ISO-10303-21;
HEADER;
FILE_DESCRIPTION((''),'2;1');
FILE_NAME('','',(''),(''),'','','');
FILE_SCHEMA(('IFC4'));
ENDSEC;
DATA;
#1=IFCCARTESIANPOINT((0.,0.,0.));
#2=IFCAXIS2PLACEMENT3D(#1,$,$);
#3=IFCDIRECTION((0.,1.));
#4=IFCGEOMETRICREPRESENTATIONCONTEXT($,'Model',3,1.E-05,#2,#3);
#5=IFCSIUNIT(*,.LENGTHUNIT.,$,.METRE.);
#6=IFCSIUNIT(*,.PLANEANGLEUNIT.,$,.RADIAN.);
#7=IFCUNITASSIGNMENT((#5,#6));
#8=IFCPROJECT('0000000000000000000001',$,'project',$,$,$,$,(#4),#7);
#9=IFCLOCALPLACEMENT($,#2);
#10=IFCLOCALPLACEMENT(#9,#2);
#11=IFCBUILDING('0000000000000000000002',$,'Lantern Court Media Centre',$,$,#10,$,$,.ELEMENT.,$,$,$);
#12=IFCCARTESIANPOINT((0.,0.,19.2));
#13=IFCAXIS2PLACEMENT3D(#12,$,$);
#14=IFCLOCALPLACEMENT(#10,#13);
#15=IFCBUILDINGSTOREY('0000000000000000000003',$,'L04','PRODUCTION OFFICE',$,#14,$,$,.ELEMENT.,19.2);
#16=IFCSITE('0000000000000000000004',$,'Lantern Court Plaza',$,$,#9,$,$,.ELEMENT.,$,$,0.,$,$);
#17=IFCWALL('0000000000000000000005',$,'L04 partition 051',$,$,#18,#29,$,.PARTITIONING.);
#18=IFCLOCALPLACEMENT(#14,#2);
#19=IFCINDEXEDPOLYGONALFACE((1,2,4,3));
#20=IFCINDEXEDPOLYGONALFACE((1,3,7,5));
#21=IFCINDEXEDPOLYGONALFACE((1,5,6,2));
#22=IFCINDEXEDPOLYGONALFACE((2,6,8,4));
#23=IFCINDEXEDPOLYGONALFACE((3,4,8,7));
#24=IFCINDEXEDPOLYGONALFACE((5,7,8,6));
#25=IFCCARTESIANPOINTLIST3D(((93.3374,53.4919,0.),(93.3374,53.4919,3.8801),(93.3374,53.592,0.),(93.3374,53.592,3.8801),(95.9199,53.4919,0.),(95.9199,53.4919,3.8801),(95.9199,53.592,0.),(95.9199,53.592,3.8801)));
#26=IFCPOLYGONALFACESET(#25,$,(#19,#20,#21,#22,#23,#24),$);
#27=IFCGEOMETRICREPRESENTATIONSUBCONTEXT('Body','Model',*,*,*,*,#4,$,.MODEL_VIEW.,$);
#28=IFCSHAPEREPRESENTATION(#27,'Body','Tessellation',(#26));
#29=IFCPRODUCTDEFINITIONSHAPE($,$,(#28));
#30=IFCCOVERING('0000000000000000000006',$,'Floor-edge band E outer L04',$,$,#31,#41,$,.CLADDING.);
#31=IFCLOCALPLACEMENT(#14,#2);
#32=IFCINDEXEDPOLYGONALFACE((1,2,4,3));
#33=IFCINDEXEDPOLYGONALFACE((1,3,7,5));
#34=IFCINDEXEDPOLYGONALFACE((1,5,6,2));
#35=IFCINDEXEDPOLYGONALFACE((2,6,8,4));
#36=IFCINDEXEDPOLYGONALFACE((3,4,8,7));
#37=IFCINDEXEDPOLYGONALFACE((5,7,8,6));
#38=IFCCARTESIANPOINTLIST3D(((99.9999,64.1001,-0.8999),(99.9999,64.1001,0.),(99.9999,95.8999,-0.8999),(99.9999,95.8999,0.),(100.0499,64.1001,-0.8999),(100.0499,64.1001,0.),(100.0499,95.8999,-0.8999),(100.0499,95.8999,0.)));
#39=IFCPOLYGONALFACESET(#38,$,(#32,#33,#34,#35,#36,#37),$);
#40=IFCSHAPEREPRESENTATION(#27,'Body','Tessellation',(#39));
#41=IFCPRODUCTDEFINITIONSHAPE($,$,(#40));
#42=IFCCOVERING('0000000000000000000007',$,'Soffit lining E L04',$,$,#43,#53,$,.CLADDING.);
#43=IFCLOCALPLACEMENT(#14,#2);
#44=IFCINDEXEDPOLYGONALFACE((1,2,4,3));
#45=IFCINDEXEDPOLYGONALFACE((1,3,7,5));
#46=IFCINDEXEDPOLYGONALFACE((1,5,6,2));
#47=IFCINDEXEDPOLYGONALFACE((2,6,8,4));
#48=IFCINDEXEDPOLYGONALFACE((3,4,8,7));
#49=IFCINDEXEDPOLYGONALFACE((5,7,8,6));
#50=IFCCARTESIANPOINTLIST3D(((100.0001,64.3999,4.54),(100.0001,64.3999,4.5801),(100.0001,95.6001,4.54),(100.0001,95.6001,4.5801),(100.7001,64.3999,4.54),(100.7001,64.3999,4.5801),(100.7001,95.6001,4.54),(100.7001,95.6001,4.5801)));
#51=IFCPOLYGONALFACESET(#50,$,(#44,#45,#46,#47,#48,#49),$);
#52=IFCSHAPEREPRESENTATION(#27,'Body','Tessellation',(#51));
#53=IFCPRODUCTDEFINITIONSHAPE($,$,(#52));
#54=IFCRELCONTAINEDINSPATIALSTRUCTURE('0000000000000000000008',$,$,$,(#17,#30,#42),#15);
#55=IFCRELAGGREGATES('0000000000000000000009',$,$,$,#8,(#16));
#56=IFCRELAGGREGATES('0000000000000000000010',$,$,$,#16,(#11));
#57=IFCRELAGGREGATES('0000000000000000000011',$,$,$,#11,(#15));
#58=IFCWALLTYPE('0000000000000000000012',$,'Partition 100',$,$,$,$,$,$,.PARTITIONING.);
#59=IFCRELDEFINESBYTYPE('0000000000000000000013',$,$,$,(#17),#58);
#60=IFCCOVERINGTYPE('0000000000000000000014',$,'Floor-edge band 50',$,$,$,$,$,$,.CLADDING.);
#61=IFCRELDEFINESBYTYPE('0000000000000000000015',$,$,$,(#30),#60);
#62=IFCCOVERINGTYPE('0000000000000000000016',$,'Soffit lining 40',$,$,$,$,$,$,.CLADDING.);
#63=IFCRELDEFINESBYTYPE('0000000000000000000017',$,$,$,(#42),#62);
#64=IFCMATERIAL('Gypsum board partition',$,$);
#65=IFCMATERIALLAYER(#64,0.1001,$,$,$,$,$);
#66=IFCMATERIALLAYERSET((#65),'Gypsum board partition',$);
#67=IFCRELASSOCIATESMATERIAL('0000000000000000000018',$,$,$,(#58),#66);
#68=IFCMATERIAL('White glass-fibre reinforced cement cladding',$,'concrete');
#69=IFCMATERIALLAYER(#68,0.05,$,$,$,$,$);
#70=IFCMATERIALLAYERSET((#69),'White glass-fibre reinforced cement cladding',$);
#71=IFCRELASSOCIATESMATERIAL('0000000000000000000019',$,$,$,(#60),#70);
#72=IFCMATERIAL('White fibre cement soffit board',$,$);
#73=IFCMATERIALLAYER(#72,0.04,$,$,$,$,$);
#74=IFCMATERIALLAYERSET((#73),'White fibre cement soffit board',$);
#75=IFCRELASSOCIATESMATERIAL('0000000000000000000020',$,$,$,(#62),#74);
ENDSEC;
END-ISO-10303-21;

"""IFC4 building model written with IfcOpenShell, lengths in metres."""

from ifc_helpers import new_model, si_unit, direction, frame, frame_2d, origin, place, context, subcontext, project, spatial, rectangle, extrude, material, layer, layer_set, type_object, element, save


model = new_model("IFC4")

# Units and contexts
model_context = context("Model", 3, precision=1e-05, world=origin(), true_north=direction((0.0, 1.0)))
body_context = subcontext(model_context, "Body", "Model", "MODEL_VIEW")
ifc_project = project(units=[si_unit("LENGTHUNIT", "METRE"), si_unit("PLANEANGLEUNIT", "RADIAN")], contexts=[model_context])

# Site, building, storey
site_placement = place(None, origin())
site = spatial("IfcSite", under=ifc_project, at=site_placement, Name="Lantern Court Plaza", CompositionType="ELEMENT", RefElevation=0.0)
building_placement = place(site_placement, origin())
building = spatial("IfcBuilding", under=site, at=building_placement, Name="Lantern Court Media Centre", CompositionType="ELEMENT")
storey_placement = place(building_placement, frame((0.0, 0.0, 19.2)))
storey = spatial("IfcBuildingStorey", under=building, at=storey_placement, Name="L04", Description="PRODUCTION OFFICE", CompositionType="ELEMENT", Elevation=19.2)

# Wall
ifc_material_1 = material(Name="Gypsum board partition")
ifc_layer_1 = layer(ifc_material_1, 0.1001)
ifc_layer_set_1 = layer_set([ifc_layer_1], Name="Gypsum board partition")
wall_type_1 = type_object("IfcWallType", Name="Partition 100", PredefinedType="PARTITIONING", material=ifc_layer_set_1)
wall_1_placement = place(storey_placement, frame((93.3374, 53.542, 0.0), z_axis=(0.0, 0.0, 1.0), x_axis=(1.0, 0.0, 0.0)))
element("IfcWall", 1, at=wall_1_placement, inside=storey, type_object=wall_type_1, Name="L04 partition 051", PredefinedType="PARTITIONING", context=body_context, shape_type="SweptSolid", body=[
    extrude(rectangle(XDim=2.5825, YDim=0.1001, at=frame_2d((1.2913, 0.0))), origin(), (0.0, 0.0, 1.0), 3.8801),
])

# Coverings
ifc_material_2 = material(Name="White glass-fibre reinforced cement cladding", Category="concrete")
ifc_layer_2 = layer(ifc_material_2, 0.05)
ifc_layer_set_2 = layer_set([ifc_layer_2], Name="White glass-fibre reinforced cement cladding")
covering_type_1 = type_object("IfcCoveringType", Name="Floor-edge band 50", PredefinedType="CLADDING", material=ifc_layer_set_2)
covering_1_placement = place(storey_placement, frame((100.0249, 64.1001, -0.8999), z_axis=(0.0, 0.0, 1.0), x_axis=(0.0, 1.0, 0.0)))
element("IfcCovering", 2, at=covering_1_placement, inside=storey, type_object=covering_type_1, Name="Floor-edge band E outer L04", PredefinedType="CLADDING", context=body_context, shape_type="SweptSolid", body=[
    extrude(rectangle(XDim=31.7998, YDim=0.05, at=frame_2d((15.8999, 0.0))), origin(), (0.0, 0.0, 1.0), 0.8999),
])
ifc_material_3 = material(Name="White fibre cement soffit board")
ifc_layer_3 = layer(ifc_material_3, 0.04)
ifc_layer_set_3 = layer_set([ifc_layer_3], Name="White fibre cement soffit board")
covering_type_2 = type_object("IfcCoveringType", Name="Soffit lining 40", PredefinedType="CLADDING", material=ifc_layer_set_3)
covering_2_placement = place(storey_placement, frame((100.3501, 64.3999, 4.54), z_axis=(0.0, 0.0, 1.0), x_axis=(0.0, 1.0, 0.0)))
element("IfcCovering", 3, at=covering_2_placement, inside=storey, type_object=covering_type_2, Name="Soffit lining E L04", PredefinedType="CLADDING", context=body_context, shape_type="SweptSolid", body=[
    extrude(rectangle(XDim=31.2002, YDim=0.7, at=frame_2d((15.6001, 0.0))), origin(), (0.0, 0.0, 1.0), 0.04),
])

save(model, "model.ifc")
